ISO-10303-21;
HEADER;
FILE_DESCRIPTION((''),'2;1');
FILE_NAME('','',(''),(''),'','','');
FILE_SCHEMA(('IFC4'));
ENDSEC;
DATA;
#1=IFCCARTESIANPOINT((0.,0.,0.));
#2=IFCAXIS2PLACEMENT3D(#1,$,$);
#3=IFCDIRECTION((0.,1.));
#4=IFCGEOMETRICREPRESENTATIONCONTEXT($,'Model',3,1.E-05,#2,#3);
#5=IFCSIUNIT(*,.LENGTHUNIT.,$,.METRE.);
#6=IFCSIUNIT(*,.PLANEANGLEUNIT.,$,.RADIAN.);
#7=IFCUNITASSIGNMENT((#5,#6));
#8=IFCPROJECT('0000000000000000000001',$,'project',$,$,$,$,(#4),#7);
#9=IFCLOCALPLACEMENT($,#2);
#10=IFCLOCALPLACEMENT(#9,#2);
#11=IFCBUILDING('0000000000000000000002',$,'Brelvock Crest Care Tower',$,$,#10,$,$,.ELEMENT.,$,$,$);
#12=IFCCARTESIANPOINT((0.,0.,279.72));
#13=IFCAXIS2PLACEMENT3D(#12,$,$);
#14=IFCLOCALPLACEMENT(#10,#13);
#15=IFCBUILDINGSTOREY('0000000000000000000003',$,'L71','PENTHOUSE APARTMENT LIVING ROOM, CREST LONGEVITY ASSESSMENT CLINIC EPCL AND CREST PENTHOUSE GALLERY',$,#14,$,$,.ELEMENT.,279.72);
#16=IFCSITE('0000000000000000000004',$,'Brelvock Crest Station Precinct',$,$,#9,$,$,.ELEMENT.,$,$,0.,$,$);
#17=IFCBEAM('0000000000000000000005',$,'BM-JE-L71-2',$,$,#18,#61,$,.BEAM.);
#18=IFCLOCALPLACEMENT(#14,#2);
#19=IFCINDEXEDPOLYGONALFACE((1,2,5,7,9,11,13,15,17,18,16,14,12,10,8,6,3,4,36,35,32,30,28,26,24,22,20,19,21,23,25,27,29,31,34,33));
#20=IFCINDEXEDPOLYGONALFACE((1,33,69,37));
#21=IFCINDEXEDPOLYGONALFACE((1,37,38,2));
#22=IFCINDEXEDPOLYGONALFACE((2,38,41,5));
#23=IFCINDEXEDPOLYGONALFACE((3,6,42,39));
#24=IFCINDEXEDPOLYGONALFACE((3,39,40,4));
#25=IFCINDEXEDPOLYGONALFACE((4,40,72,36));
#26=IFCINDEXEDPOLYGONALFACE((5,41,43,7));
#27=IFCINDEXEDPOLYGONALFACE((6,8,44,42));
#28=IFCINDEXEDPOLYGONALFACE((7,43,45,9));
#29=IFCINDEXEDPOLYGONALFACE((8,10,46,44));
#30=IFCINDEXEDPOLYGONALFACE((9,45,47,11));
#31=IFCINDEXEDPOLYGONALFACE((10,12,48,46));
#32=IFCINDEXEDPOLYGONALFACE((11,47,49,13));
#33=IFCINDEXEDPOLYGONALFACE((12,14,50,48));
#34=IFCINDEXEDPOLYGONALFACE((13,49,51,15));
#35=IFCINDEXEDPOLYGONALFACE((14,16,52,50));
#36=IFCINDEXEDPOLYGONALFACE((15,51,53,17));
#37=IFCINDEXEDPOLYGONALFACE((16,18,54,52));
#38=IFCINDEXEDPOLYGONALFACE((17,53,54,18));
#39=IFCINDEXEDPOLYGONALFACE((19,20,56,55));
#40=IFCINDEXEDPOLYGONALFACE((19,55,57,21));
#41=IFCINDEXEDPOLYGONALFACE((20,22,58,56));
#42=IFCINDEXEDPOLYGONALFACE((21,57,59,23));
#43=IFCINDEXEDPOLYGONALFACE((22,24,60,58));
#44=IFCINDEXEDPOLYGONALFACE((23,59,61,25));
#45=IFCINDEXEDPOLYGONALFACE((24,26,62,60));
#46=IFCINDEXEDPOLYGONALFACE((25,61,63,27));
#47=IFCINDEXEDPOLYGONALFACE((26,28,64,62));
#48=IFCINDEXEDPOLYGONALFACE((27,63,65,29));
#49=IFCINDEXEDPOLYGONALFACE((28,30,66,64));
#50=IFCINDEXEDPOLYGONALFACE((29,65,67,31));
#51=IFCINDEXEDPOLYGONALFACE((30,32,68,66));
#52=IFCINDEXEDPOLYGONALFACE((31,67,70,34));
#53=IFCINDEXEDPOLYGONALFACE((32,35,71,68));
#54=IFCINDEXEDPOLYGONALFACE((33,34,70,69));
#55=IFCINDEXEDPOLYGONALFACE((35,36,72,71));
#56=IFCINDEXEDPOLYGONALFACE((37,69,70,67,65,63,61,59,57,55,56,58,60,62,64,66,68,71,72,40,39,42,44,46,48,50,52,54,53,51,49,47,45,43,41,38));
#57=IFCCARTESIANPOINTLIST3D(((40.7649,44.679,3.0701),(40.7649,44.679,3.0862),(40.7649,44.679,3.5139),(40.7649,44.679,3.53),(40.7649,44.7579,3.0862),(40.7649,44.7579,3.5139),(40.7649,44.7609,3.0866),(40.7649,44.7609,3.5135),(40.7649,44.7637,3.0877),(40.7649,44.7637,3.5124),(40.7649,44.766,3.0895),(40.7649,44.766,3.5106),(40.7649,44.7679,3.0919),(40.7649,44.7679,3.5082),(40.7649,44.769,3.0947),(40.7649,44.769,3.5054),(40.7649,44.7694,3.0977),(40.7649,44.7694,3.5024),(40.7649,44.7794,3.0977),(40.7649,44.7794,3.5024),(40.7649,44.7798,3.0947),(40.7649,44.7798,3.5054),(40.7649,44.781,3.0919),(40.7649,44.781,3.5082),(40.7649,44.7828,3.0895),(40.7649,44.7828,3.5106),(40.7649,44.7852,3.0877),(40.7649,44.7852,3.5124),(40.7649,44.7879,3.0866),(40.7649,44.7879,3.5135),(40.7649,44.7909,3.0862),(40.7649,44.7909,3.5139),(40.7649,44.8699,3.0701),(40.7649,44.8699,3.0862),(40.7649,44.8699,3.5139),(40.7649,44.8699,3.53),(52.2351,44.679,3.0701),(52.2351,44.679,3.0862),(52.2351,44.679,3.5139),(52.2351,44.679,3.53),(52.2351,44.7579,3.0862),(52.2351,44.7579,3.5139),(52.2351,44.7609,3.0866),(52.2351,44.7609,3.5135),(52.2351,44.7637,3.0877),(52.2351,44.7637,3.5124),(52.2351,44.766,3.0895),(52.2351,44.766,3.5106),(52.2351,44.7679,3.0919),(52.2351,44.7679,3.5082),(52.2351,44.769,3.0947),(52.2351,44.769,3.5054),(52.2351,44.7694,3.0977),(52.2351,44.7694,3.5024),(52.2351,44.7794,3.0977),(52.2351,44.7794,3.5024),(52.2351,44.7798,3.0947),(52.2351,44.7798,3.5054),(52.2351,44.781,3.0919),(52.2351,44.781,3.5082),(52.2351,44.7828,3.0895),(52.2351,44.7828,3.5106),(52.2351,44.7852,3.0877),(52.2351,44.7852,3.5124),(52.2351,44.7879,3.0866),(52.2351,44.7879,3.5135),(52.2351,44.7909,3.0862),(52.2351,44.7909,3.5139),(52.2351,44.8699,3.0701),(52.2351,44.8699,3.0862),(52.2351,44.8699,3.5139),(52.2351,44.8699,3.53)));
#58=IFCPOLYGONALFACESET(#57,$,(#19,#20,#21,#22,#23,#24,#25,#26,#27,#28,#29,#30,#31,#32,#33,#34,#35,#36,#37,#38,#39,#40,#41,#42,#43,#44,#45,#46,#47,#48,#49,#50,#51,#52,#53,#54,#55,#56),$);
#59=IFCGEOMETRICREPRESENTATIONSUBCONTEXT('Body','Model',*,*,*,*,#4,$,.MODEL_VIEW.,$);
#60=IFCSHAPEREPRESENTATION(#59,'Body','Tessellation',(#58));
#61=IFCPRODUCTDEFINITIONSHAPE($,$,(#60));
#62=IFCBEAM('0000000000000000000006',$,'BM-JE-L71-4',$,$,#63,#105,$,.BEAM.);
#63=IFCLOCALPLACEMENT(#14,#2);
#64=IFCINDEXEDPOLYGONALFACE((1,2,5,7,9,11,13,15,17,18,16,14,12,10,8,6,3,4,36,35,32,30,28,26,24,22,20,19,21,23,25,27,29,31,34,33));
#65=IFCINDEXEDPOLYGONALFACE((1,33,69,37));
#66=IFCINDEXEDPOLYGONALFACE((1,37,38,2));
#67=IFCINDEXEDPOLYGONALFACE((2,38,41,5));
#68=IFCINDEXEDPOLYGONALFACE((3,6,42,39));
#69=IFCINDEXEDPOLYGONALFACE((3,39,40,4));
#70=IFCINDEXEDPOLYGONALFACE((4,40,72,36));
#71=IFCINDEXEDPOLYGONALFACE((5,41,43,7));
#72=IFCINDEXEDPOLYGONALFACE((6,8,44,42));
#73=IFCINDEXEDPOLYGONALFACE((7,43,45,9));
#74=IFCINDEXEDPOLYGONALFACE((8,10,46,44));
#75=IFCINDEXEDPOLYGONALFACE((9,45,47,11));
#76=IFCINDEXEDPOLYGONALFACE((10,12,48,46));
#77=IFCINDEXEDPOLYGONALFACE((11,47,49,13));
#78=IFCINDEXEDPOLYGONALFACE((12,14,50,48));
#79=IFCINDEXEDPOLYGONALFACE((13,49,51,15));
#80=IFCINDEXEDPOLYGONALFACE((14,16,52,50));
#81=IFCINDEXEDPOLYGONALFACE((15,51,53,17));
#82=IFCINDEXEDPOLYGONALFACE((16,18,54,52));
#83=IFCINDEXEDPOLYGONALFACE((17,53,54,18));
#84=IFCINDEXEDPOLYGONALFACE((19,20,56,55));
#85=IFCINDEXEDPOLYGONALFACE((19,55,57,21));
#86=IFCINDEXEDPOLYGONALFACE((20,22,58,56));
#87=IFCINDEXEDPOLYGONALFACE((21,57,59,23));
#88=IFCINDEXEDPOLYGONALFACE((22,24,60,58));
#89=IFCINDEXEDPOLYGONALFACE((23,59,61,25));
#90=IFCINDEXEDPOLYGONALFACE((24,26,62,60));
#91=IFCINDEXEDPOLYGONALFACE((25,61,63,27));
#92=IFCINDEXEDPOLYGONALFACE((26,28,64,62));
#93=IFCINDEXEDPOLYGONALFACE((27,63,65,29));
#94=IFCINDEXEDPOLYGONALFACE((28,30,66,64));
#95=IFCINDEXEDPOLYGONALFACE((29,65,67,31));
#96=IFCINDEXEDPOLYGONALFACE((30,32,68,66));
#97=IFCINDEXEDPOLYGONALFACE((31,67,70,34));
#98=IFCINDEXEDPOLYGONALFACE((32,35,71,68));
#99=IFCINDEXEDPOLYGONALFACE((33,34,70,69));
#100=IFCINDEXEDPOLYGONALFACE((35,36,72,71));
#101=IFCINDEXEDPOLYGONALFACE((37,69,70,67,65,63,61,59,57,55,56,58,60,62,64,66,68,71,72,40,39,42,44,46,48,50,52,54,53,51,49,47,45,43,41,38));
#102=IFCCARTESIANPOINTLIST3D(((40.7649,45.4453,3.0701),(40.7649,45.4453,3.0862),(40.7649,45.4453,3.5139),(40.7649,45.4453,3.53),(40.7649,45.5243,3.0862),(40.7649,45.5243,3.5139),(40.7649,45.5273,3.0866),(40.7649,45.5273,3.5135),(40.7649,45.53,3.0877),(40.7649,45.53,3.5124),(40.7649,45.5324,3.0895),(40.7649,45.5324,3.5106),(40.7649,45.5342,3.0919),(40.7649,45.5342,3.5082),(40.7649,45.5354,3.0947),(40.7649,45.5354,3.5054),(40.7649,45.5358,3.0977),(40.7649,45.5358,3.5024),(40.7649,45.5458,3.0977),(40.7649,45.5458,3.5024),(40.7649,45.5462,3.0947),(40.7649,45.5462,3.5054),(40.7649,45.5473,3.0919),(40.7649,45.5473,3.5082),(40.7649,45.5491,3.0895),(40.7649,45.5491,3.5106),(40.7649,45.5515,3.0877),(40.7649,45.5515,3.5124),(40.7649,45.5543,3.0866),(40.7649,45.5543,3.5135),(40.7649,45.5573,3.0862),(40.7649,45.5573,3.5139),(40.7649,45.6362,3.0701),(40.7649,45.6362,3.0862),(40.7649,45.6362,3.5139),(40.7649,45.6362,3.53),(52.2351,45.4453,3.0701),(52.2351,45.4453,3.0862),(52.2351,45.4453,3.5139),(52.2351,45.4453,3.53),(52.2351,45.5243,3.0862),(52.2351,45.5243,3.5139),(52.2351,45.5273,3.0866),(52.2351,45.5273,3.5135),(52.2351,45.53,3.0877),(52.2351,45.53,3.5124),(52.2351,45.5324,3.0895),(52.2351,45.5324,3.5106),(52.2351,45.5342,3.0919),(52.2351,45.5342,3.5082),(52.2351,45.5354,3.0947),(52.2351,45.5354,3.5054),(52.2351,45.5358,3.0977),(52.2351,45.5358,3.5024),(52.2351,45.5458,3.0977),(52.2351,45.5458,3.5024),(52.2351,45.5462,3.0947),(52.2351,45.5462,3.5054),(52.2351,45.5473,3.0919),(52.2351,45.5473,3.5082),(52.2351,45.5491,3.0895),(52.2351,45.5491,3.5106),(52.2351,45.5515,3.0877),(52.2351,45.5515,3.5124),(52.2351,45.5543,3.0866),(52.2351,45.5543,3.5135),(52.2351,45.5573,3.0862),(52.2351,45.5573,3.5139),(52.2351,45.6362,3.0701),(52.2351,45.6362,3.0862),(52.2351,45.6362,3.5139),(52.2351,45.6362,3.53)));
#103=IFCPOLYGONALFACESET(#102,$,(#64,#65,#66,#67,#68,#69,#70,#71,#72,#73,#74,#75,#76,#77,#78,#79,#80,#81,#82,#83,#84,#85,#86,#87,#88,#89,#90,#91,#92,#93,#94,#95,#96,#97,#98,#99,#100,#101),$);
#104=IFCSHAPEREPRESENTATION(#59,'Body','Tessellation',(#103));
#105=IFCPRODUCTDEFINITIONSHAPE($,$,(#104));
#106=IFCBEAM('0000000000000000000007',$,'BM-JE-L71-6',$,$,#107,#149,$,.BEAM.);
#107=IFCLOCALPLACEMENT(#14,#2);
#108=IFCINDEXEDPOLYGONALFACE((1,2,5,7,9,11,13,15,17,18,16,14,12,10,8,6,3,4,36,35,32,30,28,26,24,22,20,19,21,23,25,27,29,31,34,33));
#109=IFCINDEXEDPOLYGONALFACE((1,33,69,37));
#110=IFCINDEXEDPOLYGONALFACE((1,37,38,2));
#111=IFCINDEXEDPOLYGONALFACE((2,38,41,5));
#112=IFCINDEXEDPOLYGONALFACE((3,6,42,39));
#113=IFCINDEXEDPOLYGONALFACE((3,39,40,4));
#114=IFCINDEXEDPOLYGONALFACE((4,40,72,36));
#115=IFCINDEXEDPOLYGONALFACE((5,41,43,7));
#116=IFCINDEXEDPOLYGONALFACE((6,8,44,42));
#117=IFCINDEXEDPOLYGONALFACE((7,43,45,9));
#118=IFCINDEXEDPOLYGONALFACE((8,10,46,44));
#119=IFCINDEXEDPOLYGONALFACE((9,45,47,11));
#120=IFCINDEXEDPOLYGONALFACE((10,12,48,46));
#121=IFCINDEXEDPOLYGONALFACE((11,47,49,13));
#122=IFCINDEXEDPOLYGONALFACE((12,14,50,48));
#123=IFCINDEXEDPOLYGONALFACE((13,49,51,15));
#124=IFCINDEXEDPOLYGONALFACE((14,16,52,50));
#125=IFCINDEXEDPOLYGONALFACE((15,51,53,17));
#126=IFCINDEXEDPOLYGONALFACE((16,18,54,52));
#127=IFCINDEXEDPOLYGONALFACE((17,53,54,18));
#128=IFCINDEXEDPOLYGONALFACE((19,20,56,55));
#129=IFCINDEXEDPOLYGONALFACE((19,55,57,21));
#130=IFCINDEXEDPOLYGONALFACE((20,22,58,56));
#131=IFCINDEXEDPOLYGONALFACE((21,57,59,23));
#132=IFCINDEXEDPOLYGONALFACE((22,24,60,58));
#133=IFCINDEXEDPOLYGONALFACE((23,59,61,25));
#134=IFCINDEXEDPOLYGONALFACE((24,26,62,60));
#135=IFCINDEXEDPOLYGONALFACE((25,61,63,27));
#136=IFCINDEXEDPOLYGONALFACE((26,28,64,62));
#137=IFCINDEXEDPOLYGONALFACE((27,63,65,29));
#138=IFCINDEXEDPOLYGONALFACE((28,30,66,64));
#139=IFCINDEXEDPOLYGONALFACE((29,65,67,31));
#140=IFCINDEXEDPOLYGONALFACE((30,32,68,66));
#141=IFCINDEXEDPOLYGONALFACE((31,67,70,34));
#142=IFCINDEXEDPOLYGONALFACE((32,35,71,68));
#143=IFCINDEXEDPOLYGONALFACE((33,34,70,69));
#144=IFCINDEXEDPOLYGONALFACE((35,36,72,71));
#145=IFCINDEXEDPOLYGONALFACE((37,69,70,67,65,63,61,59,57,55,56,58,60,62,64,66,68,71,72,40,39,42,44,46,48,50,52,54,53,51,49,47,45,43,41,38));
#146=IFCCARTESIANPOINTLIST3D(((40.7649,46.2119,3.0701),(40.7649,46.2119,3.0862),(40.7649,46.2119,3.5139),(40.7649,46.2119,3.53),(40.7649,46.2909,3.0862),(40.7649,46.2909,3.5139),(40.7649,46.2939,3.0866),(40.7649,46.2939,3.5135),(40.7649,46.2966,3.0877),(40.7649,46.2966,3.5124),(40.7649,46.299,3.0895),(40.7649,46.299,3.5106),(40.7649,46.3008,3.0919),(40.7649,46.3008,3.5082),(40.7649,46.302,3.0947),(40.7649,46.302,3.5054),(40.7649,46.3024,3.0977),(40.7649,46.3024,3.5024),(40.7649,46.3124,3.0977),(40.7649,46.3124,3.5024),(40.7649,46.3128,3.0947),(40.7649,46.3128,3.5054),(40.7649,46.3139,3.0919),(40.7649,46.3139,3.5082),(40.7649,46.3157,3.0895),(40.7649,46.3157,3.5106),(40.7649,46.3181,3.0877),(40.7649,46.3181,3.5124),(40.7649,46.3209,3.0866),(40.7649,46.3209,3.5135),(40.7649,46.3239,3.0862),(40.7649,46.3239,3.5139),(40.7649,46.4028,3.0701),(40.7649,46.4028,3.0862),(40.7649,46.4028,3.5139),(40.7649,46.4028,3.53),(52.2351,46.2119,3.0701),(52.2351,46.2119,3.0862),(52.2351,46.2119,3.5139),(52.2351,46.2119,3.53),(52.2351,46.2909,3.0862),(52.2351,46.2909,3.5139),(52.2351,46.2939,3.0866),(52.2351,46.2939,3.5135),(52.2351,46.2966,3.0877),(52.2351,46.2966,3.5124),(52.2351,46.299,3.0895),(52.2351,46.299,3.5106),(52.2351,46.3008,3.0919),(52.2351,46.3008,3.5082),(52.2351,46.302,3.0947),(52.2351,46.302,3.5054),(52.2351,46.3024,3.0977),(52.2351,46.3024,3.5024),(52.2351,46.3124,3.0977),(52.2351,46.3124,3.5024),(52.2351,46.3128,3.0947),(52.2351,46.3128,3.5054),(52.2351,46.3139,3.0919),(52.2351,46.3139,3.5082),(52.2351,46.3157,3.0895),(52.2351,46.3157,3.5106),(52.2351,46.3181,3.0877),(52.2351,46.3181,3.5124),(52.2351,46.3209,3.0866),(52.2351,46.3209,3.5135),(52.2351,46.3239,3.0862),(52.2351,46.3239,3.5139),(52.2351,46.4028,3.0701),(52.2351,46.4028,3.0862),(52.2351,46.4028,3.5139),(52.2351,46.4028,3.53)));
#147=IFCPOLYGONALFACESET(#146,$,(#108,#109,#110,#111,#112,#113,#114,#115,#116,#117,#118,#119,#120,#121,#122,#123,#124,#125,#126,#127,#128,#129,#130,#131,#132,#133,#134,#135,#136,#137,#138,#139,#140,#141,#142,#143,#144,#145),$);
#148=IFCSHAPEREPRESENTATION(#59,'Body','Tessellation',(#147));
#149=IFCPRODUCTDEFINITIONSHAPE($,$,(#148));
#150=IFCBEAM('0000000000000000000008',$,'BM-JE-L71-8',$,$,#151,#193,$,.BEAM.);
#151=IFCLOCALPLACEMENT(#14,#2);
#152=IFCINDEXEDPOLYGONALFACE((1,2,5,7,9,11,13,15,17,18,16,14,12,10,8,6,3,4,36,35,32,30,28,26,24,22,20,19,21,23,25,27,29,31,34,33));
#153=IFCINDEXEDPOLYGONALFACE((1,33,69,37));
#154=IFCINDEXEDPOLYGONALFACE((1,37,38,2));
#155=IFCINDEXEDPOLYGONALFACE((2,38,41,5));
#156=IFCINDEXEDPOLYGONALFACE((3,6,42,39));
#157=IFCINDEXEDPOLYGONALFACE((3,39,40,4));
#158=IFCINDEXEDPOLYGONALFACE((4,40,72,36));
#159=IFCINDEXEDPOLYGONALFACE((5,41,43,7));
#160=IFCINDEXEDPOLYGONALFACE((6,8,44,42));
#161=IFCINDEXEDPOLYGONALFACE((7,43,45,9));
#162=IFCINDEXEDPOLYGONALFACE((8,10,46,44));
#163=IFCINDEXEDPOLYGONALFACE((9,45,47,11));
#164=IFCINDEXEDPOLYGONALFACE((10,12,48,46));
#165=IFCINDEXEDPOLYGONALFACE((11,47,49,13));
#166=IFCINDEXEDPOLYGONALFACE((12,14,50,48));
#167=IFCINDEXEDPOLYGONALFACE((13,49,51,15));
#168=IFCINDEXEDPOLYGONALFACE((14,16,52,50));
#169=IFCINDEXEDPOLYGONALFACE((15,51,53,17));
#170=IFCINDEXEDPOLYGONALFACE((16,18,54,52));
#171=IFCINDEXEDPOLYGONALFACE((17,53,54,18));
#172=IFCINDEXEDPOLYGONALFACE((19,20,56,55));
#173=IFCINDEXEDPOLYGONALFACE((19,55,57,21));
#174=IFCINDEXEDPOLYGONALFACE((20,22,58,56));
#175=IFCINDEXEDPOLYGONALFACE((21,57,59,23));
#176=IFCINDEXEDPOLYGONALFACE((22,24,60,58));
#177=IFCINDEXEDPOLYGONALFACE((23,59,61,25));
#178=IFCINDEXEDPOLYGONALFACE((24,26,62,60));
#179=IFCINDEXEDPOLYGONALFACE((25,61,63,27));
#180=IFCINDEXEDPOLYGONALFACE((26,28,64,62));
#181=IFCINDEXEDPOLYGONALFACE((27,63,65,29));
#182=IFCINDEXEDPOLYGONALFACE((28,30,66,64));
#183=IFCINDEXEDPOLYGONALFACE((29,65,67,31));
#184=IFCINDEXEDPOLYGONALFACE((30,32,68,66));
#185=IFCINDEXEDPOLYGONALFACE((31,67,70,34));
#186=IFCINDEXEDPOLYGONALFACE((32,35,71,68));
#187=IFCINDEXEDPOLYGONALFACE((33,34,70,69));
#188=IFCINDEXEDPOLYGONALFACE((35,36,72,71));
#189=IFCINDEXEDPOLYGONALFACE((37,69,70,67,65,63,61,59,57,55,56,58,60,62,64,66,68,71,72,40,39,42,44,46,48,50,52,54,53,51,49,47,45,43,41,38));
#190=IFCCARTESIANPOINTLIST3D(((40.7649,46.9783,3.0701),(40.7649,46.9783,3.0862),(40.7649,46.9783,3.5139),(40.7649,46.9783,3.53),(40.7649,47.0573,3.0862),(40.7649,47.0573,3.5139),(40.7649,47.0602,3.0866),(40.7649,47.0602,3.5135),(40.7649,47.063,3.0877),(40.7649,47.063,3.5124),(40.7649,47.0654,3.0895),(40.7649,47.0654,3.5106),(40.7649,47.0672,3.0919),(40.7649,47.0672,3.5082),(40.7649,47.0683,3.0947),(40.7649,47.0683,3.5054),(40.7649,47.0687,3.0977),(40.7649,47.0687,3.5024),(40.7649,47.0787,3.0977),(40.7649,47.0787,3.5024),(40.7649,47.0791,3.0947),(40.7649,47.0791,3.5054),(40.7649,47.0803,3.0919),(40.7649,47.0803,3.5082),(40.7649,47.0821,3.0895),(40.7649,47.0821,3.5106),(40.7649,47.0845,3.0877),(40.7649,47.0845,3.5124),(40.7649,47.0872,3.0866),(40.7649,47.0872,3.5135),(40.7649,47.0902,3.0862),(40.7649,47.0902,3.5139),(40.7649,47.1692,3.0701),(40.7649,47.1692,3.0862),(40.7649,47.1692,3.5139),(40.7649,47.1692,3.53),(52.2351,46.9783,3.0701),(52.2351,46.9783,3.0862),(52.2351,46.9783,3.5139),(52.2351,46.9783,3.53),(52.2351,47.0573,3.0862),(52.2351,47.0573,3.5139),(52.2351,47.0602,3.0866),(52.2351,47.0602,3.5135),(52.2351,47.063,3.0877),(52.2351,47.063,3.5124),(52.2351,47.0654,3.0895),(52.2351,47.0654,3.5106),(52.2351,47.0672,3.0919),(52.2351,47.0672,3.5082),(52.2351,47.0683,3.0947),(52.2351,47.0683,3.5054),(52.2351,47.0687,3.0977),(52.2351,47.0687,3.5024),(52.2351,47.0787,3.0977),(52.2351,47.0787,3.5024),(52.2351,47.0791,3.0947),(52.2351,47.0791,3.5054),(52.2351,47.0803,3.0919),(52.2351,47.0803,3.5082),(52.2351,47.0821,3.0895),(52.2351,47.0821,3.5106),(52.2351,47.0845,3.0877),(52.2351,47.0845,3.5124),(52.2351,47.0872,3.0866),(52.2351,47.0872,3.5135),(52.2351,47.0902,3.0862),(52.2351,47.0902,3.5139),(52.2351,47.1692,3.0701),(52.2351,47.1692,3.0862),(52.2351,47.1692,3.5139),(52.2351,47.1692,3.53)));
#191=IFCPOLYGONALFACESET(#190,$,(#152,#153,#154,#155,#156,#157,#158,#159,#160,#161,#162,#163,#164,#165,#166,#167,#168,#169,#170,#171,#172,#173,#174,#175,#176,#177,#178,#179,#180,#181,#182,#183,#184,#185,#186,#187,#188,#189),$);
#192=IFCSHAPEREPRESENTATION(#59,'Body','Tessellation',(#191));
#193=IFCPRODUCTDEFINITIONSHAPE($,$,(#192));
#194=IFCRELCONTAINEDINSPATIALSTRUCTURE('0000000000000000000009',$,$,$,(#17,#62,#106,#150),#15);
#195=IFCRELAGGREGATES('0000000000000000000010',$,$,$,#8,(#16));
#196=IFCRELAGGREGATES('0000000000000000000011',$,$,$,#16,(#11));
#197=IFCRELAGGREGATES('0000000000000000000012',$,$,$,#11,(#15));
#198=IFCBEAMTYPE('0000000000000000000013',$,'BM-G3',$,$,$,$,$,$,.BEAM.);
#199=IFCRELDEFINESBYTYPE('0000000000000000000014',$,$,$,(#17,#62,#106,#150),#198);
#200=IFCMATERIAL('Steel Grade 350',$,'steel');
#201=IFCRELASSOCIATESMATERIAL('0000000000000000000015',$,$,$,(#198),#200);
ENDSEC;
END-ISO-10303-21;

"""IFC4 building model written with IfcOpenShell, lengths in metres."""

from ifc_helpers import new_model, si_unit, direction, frame, origin, origin_2d, place, context, subcontext, project, spatial, i_section, extrude, source, transform, mapped, material, material_profile, profile_set, type_object, element, save


model = new_model("IFC4")

# Units and contexts
model_context = context("Model", 3, precision=1e-05, world=origin(), true_north=direction((0.0, 1.0)))
body_context = subcontext(model_context, "Body", "Model", "MODEL_VIEW")
ifc_project = project(units=[si_unit("LENGTHUNIT", "METRE"), si_unit("PLANEANGLEUNIT", "RADIAN")], contexts=[model_context])

# Site, building, storey
site_placement = place(None, origin())
site = spatial("IfcSite", under=ifc_project, at=site_placement, Name="Brelvock Crest Station Precinct", CompositionType="ELEMENT", RefElevation=0.0)
building_placement = place(site_placement, origin())
building = spatial("IfcBuilding", under=site, at=building_placement, Name="Brelvock Crest Care Tower", CompositionType="ELEMENT")
storey_placement = place(building_placement, frame((0.0, 0.0, 279.72)))
storey = spatial("IfcBuildingStorey", under=building, at=storey_placement, Name="L71", Description="PENTHOUSE APARTMENT LIVING ROOM, CREST LONGEVITY ASSESSMENT CLINIC EPCL AND CREST PENTHOUSE GALLERY", CompositionType="ELEMENT", Elevation=279.72)

# Beams
ifc_material_1 = material(Name="Steel Grade 350", Category="steel")
ifc_material_profile_1 = material_profile(ifc_material_1, i_section(OverallWidth=0.1909, OverallDepth=0.46, WebThickness=0.01, FlangeThickness=0.0161, FilletRadius=0.0115, at=origin_2d()), Name="460UB82.1")
ifc_profile_set_1 = profile_set([ifc_material_profile_1], Name="Steel Grade 350")
beam_type_1 = type_object("IfcBeamType", Name="BM-G3", PredefinedType="BEAM", material=ifc_profile_set_1)
shared_shape_1 = source(origin(), body_context, "Body", "SweptSolid", [
    extrude(i_section(OverallWidth=0.1909, OverallDepth=0.46, WebThickness=0.01, FlangeThickness=0.0161, FilletRadius=0.0115, at=origin_2d()), origin(), (0.0, 0.0, 1.0), 11.4702),
])
for number, where, z_axis, x_axis, name in (
    (1, (40.7649, 44.7744, 3.3), (1.0, 0.0, 0.0), (0.0, 1.0, 0.0), "BM-JE-L71-2"),
    (2, (40.7649, 45.5408, 3.3), (1.0, 0.0, 0.0), (0.0, 1.0, 0.0), "BM-JE-L71-4"),
    (3, (40.7649, 46.3074, 3.3), (1.0, 0.0, 0.0), (0.0, 1.0, 0.0), "BM-JE-L71-6"),
    (4, (40.7649, 47.0737, 3.3), (1.0, 0.0, 0.0), (0.0, 1.0, 0.0), "BM-JE-L71-8"),
):
    element("IfcBeam", number, at=place(storey_placement, frame(where, z_axis=z_axis, x_axis=x_axis)), inside=storey, type_object=beam_type_1, Name=name, PredefinedType="BEAM", context=body_context, shape_type="MappedRepresentation", body=[
        mapped(shared_shape_1, transform((0.0, 0.0, 0.0), x_axis=(1.0, 0.0, 0.0), y_axis=(0.0, 1.0, 0.0), z_axis=(0.0, 0.0, 1.0), scale=1.0)),
    ])

save(model, "model.ifc")
